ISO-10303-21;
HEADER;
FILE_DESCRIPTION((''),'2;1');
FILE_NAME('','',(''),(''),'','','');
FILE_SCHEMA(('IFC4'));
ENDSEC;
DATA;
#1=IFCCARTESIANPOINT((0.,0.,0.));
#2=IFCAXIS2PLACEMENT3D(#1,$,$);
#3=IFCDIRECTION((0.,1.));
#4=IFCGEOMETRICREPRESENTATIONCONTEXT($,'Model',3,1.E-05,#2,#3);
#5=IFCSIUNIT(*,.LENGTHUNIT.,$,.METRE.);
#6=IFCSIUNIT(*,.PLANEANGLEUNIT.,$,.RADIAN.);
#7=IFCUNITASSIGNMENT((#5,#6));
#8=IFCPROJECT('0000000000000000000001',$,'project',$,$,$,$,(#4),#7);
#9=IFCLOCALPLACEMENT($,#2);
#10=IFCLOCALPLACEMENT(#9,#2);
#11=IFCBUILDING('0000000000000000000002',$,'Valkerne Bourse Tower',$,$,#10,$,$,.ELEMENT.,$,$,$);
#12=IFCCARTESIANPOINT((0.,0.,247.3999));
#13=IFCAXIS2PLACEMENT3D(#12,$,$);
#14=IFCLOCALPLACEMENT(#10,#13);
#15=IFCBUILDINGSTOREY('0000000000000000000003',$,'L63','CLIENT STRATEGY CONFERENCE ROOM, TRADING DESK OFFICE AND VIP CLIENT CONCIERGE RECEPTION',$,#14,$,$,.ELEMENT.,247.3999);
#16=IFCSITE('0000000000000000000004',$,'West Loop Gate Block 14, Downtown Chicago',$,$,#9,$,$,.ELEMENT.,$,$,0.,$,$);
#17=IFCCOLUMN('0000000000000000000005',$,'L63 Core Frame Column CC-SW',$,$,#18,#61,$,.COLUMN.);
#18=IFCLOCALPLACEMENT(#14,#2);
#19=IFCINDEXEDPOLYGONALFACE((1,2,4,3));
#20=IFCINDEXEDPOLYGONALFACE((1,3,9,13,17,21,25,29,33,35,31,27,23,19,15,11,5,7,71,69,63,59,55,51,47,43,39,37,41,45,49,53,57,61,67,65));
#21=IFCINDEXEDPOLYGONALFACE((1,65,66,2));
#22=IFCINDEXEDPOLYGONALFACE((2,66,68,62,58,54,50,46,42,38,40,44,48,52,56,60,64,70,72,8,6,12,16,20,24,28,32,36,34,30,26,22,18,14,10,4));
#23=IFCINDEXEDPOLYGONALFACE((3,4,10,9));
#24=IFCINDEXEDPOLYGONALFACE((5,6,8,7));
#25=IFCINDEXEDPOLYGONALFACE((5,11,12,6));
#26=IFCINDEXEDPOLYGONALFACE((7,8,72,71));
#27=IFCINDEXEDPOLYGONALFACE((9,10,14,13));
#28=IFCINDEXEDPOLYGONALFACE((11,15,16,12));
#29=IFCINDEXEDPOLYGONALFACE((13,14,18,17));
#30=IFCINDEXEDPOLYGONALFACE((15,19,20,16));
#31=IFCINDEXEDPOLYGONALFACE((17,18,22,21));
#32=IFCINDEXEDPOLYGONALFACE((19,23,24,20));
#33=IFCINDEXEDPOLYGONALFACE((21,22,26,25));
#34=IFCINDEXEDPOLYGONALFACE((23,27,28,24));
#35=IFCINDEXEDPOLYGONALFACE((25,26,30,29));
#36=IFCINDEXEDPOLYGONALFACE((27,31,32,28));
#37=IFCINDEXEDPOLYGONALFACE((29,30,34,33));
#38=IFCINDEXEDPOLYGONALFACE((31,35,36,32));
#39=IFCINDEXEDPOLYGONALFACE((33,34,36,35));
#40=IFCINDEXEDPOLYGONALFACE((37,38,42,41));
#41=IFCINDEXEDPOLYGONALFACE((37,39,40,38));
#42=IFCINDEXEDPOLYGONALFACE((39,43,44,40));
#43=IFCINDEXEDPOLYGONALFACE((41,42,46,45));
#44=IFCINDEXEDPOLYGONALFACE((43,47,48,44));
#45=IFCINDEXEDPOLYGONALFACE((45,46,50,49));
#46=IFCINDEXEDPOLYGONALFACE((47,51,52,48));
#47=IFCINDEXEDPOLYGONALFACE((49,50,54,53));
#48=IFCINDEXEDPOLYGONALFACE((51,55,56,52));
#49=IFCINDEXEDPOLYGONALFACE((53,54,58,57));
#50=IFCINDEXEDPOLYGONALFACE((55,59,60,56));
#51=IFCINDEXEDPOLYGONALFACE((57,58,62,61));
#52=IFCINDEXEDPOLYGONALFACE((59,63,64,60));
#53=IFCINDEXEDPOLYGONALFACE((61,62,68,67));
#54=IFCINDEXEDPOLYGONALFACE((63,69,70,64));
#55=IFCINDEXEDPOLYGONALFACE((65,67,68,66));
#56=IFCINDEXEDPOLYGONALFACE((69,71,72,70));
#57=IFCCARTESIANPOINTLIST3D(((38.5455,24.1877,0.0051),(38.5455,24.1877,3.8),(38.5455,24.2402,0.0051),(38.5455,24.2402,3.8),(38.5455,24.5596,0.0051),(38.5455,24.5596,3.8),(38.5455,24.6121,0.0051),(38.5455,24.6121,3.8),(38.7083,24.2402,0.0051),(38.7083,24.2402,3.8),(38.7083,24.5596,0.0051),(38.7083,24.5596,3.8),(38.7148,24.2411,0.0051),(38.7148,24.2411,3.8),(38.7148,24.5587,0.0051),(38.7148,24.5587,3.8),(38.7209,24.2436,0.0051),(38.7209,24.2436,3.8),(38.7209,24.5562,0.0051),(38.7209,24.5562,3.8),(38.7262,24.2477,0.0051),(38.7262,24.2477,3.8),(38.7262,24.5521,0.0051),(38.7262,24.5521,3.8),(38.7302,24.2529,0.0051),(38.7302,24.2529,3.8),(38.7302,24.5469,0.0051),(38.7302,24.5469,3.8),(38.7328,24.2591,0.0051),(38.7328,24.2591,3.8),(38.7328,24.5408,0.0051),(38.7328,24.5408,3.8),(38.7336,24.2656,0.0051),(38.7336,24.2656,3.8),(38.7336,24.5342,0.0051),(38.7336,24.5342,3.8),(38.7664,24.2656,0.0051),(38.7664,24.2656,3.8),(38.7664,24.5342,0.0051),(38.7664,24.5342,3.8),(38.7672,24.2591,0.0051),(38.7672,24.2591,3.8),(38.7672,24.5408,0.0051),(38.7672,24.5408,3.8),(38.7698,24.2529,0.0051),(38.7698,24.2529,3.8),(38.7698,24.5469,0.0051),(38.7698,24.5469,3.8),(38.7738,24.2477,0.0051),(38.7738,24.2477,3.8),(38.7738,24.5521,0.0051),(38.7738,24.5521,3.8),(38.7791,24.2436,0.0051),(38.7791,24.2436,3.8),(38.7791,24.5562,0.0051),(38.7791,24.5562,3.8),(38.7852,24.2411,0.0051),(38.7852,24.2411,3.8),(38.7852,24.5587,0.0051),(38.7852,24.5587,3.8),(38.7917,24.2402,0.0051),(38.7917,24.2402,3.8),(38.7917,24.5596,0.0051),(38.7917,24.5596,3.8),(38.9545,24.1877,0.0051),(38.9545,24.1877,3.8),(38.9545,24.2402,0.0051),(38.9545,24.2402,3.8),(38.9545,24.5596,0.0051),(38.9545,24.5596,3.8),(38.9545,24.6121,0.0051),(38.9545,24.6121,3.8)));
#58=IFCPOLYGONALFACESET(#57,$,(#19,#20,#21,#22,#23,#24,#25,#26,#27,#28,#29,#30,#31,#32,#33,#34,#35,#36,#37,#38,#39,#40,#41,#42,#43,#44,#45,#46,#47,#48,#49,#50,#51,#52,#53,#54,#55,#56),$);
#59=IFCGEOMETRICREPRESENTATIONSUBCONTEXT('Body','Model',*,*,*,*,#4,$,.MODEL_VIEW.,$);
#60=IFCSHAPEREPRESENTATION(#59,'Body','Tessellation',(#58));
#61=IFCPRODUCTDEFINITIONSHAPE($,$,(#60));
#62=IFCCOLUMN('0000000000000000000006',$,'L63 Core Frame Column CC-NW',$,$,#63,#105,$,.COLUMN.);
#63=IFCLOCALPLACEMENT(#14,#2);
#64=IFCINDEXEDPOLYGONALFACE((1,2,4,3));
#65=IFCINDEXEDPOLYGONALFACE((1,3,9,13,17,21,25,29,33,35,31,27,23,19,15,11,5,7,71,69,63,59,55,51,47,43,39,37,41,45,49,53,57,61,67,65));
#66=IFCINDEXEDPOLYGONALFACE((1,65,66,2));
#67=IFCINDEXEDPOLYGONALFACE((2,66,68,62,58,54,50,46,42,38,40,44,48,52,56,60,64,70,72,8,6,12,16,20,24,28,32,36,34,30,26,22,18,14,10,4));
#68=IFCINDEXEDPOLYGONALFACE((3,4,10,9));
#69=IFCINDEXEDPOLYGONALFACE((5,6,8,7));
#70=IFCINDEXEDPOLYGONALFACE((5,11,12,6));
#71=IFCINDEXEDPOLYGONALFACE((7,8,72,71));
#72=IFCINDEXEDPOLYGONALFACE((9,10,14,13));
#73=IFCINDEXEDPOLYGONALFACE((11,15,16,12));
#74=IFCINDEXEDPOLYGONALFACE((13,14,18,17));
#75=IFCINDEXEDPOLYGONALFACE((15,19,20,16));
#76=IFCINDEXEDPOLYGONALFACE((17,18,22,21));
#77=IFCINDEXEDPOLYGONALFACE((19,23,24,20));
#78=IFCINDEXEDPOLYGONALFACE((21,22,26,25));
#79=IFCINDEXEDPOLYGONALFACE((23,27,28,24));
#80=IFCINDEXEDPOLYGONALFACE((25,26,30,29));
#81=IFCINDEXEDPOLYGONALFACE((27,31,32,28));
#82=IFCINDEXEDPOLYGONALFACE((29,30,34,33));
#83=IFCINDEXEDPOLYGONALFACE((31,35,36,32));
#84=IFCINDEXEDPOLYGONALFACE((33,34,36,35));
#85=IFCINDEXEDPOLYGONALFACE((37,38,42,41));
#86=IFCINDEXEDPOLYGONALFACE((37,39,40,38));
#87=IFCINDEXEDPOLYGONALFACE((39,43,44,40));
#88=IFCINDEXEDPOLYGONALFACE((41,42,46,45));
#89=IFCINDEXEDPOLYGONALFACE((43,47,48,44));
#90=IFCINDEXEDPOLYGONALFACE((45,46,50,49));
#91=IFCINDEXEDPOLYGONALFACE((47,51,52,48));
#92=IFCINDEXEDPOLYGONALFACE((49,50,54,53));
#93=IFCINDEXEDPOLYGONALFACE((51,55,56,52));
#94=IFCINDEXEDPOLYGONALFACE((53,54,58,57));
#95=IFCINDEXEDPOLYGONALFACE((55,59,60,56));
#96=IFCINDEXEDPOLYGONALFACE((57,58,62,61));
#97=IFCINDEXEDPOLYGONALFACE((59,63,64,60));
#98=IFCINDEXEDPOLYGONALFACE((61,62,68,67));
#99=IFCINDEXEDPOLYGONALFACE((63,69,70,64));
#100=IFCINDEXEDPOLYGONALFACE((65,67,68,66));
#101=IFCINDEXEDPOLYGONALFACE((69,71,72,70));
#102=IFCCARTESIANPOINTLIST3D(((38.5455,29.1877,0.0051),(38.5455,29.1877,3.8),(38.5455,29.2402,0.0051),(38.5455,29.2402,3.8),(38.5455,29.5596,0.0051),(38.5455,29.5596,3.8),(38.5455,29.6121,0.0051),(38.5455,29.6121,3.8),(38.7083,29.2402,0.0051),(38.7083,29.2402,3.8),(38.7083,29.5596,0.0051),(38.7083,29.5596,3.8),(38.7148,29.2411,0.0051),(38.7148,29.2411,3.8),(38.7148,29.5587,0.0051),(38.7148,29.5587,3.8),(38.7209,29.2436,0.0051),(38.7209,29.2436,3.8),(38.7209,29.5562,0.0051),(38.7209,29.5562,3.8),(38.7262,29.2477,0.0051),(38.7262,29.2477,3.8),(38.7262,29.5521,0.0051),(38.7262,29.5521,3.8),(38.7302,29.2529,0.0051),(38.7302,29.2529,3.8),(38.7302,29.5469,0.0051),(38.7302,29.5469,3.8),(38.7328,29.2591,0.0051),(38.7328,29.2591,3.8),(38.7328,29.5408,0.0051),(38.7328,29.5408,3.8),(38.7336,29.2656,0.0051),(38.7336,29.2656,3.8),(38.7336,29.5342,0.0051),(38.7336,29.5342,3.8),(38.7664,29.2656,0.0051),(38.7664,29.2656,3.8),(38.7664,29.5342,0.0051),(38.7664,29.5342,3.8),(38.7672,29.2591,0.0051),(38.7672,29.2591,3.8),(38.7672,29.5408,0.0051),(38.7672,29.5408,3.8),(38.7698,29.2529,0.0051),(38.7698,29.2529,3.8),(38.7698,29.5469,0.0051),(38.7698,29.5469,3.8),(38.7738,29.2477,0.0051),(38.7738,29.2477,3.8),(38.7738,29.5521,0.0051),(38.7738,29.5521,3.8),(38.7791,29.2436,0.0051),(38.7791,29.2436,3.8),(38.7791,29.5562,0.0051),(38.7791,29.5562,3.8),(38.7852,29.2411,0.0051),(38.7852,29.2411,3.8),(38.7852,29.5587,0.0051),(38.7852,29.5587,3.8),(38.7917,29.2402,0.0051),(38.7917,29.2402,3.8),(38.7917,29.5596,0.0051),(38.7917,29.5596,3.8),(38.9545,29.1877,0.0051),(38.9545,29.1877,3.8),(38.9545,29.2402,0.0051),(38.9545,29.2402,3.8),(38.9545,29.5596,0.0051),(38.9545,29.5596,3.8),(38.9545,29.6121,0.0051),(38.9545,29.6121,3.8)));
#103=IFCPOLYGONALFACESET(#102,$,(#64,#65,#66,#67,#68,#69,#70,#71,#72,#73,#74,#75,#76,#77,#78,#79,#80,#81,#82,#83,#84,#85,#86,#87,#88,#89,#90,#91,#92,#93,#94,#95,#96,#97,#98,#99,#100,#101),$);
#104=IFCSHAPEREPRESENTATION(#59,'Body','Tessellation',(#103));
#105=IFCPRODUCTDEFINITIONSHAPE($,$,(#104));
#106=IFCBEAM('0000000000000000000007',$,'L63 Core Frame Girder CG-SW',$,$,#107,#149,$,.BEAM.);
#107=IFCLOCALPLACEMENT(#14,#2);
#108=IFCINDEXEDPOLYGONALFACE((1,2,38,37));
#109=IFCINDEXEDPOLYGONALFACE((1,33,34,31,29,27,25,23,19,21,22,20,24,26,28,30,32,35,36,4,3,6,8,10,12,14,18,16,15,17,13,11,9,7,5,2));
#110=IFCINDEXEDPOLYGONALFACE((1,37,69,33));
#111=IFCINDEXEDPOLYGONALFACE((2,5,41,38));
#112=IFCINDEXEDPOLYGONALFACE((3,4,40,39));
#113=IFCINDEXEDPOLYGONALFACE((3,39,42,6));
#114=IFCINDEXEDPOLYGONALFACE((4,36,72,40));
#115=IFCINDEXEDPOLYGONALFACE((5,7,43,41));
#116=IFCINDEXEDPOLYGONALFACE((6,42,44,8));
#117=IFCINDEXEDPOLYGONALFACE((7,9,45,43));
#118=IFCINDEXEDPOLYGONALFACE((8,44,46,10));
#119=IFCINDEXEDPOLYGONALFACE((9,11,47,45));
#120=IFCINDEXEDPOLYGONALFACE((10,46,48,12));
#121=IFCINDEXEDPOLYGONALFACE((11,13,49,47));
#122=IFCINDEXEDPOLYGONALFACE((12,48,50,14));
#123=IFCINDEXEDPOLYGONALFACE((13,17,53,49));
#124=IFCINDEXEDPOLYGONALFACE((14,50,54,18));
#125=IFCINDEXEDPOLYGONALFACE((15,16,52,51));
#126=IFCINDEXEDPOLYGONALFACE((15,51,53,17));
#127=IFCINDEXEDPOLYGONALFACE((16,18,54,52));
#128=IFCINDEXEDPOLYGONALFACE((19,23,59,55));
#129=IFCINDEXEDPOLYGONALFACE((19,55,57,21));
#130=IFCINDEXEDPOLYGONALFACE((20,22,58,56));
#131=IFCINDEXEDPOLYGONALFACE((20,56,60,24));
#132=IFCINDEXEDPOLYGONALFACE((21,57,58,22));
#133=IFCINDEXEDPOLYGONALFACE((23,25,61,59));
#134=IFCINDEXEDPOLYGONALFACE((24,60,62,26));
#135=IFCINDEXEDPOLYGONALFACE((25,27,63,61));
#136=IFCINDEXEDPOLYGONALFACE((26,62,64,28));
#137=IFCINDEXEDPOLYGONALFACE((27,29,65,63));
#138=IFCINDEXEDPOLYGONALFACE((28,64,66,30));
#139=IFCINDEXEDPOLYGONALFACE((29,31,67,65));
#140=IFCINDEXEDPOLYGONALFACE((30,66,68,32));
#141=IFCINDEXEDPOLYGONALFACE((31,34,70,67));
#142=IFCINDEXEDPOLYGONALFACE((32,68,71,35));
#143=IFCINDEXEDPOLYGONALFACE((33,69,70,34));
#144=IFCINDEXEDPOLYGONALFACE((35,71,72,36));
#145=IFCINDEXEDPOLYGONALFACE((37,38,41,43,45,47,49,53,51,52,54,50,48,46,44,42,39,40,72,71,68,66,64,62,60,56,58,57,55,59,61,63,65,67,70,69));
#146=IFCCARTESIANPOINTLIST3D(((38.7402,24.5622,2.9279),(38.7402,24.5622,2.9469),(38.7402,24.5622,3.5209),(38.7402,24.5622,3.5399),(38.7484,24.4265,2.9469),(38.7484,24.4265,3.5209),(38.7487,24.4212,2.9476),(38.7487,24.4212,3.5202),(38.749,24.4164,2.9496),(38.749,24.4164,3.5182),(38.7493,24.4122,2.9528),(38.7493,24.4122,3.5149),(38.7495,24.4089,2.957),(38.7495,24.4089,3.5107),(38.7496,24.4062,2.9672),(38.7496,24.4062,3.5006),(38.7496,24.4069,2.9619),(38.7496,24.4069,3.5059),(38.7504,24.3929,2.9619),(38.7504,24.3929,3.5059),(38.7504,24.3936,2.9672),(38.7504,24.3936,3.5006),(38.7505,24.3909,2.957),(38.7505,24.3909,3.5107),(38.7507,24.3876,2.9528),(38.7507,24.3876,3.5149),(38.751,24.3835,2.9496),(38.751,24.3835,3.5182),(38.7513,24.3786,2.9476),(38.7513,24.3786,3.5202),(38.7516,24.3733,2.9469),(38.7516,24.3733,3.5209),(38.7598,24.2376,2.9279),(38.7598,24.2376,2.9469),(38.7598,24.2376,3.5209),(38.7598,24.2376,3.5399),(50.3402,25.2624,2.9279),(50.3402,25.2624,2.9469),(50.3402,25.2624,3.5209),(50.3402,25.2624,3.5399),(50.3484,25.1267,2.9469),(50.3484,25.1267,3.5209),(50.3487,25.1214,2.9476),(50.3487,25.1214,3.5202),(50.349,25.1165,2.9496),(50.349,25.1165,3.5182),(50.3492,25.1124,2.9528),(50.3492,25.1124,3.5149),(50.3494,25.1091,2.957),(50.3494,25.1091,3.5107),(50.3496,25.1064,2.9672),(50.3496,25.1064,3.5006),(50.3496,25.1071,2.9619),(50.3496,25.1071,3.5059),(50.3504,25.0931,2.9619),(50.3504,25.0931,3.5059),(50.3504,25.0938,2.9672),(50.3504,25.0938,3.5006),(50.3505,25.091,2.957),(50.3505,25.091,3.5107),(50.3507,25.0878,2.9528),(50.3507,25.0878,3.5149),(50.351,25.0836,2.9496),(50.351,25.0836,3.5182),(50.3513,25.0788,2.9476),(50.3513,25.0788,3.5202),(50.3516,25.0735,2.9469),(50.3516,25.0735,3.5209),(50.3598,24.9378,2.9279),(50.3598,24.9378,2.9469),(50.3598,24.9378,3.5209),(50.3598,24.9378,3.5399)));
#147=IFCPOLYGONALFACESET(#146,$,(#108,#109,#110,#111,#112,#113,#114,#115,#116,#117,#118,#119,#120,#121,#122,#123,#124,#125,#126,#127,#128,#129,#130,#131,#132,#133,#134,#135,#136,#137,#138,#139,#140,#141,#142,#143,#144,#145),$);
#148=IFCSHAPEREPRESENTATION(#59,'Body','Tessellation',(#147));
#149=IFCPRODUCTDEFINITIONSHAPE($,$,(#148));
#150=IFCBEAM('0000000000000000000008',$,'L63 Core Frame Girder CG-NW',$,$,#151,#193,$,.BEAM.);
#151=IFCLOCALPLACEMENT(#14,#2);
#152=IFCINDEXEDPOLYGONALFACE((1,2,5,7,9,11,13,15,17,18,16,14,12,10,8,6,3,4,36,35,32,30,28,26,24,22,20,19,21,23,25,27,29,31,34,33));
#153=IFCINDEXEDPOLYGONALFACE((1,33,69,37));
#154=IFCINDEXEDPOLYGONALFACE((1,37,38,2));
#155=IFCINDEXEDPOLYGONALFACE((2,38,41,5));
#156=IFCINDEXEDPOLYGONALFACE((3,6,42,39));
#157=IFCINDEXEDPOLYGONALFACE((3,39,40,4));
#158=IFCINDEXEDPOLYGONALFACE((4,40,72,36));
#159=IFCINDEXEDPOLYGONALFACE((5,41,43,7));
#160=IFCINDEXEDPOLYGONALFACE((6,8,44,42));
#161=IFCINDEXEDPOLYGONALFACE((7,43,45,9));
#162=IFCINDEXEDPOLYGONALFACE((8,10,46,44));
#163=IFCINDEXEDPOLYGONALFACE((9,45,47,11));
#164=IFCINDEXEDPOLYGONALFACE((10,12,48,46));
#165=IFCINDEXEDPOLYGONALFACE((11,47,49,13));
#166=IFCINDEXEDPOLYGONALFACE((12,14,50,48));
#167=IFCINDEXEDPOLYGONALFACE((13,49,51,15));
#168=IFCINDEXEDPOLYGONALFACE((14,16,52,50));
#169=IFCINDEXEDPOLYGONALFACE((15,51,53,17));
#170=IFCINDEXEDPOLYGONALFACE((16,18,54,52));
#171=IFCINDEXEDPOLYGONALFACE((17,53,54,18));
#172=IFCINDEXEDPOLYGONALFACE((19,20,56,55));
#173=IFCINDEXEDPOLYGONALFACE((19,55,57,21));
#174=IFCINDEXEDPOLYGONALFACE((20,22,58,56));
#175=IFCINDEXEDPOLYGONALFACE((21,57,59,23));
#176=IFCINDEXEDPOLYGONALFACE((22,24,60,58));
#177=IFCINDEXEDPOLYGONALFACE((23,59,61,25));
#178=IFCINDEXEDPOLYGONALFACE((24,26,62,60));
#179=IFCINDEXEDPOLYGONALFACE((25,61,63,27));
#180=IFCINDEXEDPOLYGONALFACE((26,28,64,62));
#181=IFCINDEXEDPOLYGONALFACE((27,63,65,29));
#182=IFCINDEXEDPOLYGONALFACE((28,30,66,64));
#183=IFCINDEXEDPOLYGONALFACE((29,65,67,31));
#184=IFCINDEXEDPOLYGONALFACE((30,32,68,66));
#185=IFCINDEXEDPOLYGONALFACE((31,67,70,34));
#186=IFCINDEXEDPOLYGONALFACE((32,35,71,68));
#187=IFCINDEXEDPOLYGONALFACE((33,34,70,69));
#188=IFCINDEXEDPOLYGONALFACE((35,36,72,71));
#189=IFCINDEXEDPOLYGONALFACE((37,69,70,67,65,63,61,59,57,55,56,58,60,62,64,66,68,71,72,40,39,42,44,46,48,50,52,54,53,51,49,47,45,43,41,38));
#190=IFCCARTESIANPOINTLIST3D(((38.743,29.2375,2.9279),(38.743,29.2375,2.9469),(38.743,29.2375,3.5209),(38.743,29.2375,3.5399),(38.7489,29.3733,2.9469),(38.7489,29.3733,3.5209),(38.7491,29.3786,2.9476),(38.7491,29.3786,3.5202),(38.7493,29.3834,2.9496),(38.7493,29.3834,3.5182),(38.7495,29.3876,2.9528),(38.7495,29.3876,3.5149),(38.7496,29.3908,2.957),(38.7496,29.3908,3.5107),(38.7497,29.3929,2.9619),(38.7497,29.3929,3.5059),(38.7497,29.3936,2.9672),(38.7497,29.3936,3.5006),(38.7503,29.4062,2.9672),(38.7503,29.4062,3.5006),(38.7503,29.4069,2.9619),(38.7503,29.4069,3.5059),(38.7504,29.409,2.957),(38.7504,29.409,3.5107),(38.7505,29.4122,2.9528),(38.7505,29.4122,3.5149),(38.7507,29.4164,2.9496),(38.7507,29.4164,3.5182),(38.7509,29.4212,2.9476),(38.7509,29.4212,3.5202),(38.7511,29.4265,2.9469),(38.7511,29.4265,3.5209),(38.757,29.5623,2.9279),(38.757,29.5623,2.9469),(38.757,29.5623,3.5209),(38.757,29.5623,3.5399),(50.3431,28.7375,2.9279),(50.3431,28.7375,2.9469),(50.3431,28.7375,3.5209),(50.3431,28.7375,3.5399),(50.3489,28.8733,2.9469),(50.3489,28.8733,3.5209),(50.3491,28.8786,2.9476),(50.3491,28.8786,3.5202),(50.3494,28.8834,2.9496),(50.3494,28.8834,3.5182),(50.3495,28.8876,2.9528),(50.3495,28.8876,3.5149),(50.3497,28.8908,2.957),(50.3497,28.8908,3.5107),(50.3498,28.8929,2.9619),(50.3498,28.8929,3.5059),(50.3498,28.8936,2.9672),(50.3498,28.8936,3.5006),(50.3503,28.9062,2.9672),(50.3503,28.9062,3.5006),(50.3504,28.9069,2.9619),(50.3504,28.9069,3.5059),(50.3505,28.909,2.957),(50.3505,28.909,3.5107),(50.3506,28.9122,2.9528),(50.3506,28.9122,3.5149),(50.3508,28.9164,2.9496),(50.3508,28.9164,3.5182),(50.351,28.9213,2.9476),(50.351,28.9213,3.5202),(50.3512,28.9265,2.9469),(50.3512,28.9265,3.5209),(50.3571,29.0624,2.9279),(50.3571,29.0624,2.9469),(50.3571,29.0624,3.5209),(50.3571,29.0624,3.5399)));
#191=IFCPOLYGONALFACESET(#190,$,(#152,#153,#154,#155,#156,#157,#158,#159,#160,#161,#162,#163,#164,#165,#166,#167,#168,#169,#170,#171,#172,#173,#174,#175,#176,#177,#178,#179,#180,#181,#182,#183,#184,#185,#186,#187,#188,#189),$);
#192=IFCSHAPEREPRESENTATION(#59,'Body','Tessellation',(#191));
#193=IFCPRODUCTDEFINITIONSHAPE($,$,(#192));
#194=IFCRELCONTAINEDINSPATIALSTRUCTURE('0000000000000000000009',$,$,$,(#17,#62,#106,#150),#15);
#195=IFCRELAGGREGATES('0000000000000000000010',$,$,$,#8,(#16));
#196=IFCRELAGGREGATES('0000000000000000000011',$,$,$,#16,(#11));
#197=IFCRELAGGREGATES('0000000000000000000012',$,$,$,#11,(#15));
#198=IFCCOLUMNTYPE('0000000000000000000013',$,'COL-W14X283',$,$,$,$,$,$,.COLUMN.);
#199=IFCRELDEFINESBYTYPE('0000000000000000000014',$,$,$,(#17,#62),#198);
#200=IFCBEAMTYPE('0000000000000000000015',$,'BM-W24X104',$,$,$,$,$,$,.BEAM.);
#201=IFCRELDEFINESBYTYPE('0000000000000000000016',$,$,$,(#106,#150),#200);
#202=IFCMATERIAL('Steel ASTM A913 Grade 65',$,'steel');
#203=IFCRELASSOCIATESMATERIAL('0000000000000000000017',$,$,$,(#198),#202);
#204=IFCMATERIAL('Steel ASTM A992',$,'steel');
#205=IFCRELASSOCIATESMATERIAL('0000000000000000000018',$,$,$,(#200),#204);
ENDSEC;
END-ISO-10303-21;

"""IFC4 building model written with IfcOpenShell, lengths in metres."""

from ifc_helpers import new_model, si_unit, direction, frame, origin, origin_2d, place, context, subcontext, project, spatial, i_section, extrude, material, material_profile, profile_set, type_object, element, save


model = new_model("IFC4")

# Units and contexts
model_context = context("Model", 3, precision=1e-05, world=origin(), true_north=direction((0.0, 1.0)))
body_context = subcontext(model_context, "Body", "Model", "MODEL_VIEW")
ifc_project = project(units=[si_unit("LENGTHUNIT", "METRE"), si_unit("PLANEANGLEUNIT", "RADIAN")], contexts=[model_context])

# Site, building, storey
site_placement = place(None, origin())
site = spatial("IfcSite", under=ifc_project, at=site_placement, Name="West Loop Gate Block 14, Downtown Chicago", CompositionType="ELEMENT", RefElevation=0.0)
building_placement = place(site_placement, origin())
building = spatial("IfcBuilding", under=site, at=building_placement, Name="Valkerne Bourse Tower", CompositionType="ELEMENT")
storey_placement = place(building_placement, frame((0.0, 0.0, 247.3999)))
storey = spatial("IfcBuildingStorey", under=building, at=storey_placement, Name="L63", Description="CLIENT STRATEGY CONFERENCE ROOM, TRADING DESK OFFICE AND VIP CLIENT CONCIERGE RECEPTION", CompositionType="ELEMENT", Elevation=247.3999)

# Columns
ifc_material_1 = material(Name="Steel ASTM A913 Grade 65", Category="steel")
ifc_material_profile_1 = material_profile(ifc_material_1, i_section(OverallWidth=0.4089, OverallDepth=0.4243, WebThickness=0.0327, FlangeThickness=0.0525, FilletRadius=0.0254, at=origin_2d()), Name="W14X283")
ifc_profile_set_1 = profile_set([ifc_material_profile_1], Name="Steel ASTM A913 Grade 65")
column_type = type_object("IfcColumnType", Name="COL-W14X283", PredefinedType="COLUMN", material=ifc_profile_set_1)
for number, where, z_axis, x_axis, name in (
    (1, (38.75, 24.3999, 0.0051), (0.0, 0.0, 1.0), (1.0, 0.0, 0.0), "L63 Core Frame Column CC-SW"),
    (2, (38.75, 29.3999, 0.0051), (0.0, 0.0, 1.0), (1.0, 0.0, 0.0), "L63 Core Frame Column CC-NW"),
):
    element("IfcColumn", number, at=place(storey_placement, frame(where, z_axis=z_axis, x_axis=x_axis)), inside=storey, type_object=column_type, Name=name, PredefinedType="COLUMN", context=body_context, shape_type="SweptSolid", body=[
        extrude(i_section(OverallWidth=0.4089, OverallDepth=0.4243, WebThickness=0.0327, FlangeThickness=0.0525, FilletRadius=0.0254, at=origin_2d()), origin(), (0.0, 0.0, 1.0), 3.7949),
    ])

# Beams
ifc_material_2 = material(Name="Steel ASTM A992", Category="steel")
ifc_material_profile_2 = material_profile(ifc_material_2, i_section(OverallWidth=0.3252, OverallDepth=0.6121, WebThickness=0.0127, FlangeThickness=0.019, FilletRadius=0.0203, at=origin_2d()), Name="W24X104")
ifc_profile_set_2 = profile_set([ifc_material_profile_2], Name="Steel ASTM A992")
beam_type = type_object("IfcBeamType", Name="BM-W24X104", PredefinedType="BEAM", material=ifc_profile_set_2)
beam_1_placement = place(storey_placement, frame((38.75, 24.3999, 3.2339), z_axis=(0.998183, 0.060251, 0.0), x_axis=(-0.060251, 0.998183, 0.0)))
element("IfcBeam", 3, at=beam_1_placement, inside=storey, type_object=beam_type, Name="L63 Core Frame Girder CG-SW", PredefinedType="BEAM", context=body_context, shape_type="SweptSolid", body=[
    extrude(i_section(OverallWidth=0.3252, OverallDepth=0.6121, WebThickness=0.0127, FlangeThickness=0.019, FilletRadius=0.0203, at=origin_2d()), origin(), (0.0, 0.0, 1.0), 11.6211),
])
beam_2_placement = place(storey_placement, frame((38.75, 29.3999, 3.2339), z_axis=(0.999072, -0.043063, 0.0), x_axis=(0.043063, 0.999072, 0.0)))
element("IfcBeam", 4, at=beam_2_placement, inside=storey, type_object=beam_type, Name="L63 Core Frame Girder CG-NW", PredefinedType="BEAM", context=body_context, shape_type="SweptSolid", body=[
    extrude(i_section(OverallWidth=0.3252, OverallDepth=0.6121, WebThickness=0.0127, FlangeThickness=0.019, FilletRadius=0.0203, at=origin_2d()), origin(), (0.0, 0.0, 1.0), 11.6108),
])

save(model, "model.ifc")
